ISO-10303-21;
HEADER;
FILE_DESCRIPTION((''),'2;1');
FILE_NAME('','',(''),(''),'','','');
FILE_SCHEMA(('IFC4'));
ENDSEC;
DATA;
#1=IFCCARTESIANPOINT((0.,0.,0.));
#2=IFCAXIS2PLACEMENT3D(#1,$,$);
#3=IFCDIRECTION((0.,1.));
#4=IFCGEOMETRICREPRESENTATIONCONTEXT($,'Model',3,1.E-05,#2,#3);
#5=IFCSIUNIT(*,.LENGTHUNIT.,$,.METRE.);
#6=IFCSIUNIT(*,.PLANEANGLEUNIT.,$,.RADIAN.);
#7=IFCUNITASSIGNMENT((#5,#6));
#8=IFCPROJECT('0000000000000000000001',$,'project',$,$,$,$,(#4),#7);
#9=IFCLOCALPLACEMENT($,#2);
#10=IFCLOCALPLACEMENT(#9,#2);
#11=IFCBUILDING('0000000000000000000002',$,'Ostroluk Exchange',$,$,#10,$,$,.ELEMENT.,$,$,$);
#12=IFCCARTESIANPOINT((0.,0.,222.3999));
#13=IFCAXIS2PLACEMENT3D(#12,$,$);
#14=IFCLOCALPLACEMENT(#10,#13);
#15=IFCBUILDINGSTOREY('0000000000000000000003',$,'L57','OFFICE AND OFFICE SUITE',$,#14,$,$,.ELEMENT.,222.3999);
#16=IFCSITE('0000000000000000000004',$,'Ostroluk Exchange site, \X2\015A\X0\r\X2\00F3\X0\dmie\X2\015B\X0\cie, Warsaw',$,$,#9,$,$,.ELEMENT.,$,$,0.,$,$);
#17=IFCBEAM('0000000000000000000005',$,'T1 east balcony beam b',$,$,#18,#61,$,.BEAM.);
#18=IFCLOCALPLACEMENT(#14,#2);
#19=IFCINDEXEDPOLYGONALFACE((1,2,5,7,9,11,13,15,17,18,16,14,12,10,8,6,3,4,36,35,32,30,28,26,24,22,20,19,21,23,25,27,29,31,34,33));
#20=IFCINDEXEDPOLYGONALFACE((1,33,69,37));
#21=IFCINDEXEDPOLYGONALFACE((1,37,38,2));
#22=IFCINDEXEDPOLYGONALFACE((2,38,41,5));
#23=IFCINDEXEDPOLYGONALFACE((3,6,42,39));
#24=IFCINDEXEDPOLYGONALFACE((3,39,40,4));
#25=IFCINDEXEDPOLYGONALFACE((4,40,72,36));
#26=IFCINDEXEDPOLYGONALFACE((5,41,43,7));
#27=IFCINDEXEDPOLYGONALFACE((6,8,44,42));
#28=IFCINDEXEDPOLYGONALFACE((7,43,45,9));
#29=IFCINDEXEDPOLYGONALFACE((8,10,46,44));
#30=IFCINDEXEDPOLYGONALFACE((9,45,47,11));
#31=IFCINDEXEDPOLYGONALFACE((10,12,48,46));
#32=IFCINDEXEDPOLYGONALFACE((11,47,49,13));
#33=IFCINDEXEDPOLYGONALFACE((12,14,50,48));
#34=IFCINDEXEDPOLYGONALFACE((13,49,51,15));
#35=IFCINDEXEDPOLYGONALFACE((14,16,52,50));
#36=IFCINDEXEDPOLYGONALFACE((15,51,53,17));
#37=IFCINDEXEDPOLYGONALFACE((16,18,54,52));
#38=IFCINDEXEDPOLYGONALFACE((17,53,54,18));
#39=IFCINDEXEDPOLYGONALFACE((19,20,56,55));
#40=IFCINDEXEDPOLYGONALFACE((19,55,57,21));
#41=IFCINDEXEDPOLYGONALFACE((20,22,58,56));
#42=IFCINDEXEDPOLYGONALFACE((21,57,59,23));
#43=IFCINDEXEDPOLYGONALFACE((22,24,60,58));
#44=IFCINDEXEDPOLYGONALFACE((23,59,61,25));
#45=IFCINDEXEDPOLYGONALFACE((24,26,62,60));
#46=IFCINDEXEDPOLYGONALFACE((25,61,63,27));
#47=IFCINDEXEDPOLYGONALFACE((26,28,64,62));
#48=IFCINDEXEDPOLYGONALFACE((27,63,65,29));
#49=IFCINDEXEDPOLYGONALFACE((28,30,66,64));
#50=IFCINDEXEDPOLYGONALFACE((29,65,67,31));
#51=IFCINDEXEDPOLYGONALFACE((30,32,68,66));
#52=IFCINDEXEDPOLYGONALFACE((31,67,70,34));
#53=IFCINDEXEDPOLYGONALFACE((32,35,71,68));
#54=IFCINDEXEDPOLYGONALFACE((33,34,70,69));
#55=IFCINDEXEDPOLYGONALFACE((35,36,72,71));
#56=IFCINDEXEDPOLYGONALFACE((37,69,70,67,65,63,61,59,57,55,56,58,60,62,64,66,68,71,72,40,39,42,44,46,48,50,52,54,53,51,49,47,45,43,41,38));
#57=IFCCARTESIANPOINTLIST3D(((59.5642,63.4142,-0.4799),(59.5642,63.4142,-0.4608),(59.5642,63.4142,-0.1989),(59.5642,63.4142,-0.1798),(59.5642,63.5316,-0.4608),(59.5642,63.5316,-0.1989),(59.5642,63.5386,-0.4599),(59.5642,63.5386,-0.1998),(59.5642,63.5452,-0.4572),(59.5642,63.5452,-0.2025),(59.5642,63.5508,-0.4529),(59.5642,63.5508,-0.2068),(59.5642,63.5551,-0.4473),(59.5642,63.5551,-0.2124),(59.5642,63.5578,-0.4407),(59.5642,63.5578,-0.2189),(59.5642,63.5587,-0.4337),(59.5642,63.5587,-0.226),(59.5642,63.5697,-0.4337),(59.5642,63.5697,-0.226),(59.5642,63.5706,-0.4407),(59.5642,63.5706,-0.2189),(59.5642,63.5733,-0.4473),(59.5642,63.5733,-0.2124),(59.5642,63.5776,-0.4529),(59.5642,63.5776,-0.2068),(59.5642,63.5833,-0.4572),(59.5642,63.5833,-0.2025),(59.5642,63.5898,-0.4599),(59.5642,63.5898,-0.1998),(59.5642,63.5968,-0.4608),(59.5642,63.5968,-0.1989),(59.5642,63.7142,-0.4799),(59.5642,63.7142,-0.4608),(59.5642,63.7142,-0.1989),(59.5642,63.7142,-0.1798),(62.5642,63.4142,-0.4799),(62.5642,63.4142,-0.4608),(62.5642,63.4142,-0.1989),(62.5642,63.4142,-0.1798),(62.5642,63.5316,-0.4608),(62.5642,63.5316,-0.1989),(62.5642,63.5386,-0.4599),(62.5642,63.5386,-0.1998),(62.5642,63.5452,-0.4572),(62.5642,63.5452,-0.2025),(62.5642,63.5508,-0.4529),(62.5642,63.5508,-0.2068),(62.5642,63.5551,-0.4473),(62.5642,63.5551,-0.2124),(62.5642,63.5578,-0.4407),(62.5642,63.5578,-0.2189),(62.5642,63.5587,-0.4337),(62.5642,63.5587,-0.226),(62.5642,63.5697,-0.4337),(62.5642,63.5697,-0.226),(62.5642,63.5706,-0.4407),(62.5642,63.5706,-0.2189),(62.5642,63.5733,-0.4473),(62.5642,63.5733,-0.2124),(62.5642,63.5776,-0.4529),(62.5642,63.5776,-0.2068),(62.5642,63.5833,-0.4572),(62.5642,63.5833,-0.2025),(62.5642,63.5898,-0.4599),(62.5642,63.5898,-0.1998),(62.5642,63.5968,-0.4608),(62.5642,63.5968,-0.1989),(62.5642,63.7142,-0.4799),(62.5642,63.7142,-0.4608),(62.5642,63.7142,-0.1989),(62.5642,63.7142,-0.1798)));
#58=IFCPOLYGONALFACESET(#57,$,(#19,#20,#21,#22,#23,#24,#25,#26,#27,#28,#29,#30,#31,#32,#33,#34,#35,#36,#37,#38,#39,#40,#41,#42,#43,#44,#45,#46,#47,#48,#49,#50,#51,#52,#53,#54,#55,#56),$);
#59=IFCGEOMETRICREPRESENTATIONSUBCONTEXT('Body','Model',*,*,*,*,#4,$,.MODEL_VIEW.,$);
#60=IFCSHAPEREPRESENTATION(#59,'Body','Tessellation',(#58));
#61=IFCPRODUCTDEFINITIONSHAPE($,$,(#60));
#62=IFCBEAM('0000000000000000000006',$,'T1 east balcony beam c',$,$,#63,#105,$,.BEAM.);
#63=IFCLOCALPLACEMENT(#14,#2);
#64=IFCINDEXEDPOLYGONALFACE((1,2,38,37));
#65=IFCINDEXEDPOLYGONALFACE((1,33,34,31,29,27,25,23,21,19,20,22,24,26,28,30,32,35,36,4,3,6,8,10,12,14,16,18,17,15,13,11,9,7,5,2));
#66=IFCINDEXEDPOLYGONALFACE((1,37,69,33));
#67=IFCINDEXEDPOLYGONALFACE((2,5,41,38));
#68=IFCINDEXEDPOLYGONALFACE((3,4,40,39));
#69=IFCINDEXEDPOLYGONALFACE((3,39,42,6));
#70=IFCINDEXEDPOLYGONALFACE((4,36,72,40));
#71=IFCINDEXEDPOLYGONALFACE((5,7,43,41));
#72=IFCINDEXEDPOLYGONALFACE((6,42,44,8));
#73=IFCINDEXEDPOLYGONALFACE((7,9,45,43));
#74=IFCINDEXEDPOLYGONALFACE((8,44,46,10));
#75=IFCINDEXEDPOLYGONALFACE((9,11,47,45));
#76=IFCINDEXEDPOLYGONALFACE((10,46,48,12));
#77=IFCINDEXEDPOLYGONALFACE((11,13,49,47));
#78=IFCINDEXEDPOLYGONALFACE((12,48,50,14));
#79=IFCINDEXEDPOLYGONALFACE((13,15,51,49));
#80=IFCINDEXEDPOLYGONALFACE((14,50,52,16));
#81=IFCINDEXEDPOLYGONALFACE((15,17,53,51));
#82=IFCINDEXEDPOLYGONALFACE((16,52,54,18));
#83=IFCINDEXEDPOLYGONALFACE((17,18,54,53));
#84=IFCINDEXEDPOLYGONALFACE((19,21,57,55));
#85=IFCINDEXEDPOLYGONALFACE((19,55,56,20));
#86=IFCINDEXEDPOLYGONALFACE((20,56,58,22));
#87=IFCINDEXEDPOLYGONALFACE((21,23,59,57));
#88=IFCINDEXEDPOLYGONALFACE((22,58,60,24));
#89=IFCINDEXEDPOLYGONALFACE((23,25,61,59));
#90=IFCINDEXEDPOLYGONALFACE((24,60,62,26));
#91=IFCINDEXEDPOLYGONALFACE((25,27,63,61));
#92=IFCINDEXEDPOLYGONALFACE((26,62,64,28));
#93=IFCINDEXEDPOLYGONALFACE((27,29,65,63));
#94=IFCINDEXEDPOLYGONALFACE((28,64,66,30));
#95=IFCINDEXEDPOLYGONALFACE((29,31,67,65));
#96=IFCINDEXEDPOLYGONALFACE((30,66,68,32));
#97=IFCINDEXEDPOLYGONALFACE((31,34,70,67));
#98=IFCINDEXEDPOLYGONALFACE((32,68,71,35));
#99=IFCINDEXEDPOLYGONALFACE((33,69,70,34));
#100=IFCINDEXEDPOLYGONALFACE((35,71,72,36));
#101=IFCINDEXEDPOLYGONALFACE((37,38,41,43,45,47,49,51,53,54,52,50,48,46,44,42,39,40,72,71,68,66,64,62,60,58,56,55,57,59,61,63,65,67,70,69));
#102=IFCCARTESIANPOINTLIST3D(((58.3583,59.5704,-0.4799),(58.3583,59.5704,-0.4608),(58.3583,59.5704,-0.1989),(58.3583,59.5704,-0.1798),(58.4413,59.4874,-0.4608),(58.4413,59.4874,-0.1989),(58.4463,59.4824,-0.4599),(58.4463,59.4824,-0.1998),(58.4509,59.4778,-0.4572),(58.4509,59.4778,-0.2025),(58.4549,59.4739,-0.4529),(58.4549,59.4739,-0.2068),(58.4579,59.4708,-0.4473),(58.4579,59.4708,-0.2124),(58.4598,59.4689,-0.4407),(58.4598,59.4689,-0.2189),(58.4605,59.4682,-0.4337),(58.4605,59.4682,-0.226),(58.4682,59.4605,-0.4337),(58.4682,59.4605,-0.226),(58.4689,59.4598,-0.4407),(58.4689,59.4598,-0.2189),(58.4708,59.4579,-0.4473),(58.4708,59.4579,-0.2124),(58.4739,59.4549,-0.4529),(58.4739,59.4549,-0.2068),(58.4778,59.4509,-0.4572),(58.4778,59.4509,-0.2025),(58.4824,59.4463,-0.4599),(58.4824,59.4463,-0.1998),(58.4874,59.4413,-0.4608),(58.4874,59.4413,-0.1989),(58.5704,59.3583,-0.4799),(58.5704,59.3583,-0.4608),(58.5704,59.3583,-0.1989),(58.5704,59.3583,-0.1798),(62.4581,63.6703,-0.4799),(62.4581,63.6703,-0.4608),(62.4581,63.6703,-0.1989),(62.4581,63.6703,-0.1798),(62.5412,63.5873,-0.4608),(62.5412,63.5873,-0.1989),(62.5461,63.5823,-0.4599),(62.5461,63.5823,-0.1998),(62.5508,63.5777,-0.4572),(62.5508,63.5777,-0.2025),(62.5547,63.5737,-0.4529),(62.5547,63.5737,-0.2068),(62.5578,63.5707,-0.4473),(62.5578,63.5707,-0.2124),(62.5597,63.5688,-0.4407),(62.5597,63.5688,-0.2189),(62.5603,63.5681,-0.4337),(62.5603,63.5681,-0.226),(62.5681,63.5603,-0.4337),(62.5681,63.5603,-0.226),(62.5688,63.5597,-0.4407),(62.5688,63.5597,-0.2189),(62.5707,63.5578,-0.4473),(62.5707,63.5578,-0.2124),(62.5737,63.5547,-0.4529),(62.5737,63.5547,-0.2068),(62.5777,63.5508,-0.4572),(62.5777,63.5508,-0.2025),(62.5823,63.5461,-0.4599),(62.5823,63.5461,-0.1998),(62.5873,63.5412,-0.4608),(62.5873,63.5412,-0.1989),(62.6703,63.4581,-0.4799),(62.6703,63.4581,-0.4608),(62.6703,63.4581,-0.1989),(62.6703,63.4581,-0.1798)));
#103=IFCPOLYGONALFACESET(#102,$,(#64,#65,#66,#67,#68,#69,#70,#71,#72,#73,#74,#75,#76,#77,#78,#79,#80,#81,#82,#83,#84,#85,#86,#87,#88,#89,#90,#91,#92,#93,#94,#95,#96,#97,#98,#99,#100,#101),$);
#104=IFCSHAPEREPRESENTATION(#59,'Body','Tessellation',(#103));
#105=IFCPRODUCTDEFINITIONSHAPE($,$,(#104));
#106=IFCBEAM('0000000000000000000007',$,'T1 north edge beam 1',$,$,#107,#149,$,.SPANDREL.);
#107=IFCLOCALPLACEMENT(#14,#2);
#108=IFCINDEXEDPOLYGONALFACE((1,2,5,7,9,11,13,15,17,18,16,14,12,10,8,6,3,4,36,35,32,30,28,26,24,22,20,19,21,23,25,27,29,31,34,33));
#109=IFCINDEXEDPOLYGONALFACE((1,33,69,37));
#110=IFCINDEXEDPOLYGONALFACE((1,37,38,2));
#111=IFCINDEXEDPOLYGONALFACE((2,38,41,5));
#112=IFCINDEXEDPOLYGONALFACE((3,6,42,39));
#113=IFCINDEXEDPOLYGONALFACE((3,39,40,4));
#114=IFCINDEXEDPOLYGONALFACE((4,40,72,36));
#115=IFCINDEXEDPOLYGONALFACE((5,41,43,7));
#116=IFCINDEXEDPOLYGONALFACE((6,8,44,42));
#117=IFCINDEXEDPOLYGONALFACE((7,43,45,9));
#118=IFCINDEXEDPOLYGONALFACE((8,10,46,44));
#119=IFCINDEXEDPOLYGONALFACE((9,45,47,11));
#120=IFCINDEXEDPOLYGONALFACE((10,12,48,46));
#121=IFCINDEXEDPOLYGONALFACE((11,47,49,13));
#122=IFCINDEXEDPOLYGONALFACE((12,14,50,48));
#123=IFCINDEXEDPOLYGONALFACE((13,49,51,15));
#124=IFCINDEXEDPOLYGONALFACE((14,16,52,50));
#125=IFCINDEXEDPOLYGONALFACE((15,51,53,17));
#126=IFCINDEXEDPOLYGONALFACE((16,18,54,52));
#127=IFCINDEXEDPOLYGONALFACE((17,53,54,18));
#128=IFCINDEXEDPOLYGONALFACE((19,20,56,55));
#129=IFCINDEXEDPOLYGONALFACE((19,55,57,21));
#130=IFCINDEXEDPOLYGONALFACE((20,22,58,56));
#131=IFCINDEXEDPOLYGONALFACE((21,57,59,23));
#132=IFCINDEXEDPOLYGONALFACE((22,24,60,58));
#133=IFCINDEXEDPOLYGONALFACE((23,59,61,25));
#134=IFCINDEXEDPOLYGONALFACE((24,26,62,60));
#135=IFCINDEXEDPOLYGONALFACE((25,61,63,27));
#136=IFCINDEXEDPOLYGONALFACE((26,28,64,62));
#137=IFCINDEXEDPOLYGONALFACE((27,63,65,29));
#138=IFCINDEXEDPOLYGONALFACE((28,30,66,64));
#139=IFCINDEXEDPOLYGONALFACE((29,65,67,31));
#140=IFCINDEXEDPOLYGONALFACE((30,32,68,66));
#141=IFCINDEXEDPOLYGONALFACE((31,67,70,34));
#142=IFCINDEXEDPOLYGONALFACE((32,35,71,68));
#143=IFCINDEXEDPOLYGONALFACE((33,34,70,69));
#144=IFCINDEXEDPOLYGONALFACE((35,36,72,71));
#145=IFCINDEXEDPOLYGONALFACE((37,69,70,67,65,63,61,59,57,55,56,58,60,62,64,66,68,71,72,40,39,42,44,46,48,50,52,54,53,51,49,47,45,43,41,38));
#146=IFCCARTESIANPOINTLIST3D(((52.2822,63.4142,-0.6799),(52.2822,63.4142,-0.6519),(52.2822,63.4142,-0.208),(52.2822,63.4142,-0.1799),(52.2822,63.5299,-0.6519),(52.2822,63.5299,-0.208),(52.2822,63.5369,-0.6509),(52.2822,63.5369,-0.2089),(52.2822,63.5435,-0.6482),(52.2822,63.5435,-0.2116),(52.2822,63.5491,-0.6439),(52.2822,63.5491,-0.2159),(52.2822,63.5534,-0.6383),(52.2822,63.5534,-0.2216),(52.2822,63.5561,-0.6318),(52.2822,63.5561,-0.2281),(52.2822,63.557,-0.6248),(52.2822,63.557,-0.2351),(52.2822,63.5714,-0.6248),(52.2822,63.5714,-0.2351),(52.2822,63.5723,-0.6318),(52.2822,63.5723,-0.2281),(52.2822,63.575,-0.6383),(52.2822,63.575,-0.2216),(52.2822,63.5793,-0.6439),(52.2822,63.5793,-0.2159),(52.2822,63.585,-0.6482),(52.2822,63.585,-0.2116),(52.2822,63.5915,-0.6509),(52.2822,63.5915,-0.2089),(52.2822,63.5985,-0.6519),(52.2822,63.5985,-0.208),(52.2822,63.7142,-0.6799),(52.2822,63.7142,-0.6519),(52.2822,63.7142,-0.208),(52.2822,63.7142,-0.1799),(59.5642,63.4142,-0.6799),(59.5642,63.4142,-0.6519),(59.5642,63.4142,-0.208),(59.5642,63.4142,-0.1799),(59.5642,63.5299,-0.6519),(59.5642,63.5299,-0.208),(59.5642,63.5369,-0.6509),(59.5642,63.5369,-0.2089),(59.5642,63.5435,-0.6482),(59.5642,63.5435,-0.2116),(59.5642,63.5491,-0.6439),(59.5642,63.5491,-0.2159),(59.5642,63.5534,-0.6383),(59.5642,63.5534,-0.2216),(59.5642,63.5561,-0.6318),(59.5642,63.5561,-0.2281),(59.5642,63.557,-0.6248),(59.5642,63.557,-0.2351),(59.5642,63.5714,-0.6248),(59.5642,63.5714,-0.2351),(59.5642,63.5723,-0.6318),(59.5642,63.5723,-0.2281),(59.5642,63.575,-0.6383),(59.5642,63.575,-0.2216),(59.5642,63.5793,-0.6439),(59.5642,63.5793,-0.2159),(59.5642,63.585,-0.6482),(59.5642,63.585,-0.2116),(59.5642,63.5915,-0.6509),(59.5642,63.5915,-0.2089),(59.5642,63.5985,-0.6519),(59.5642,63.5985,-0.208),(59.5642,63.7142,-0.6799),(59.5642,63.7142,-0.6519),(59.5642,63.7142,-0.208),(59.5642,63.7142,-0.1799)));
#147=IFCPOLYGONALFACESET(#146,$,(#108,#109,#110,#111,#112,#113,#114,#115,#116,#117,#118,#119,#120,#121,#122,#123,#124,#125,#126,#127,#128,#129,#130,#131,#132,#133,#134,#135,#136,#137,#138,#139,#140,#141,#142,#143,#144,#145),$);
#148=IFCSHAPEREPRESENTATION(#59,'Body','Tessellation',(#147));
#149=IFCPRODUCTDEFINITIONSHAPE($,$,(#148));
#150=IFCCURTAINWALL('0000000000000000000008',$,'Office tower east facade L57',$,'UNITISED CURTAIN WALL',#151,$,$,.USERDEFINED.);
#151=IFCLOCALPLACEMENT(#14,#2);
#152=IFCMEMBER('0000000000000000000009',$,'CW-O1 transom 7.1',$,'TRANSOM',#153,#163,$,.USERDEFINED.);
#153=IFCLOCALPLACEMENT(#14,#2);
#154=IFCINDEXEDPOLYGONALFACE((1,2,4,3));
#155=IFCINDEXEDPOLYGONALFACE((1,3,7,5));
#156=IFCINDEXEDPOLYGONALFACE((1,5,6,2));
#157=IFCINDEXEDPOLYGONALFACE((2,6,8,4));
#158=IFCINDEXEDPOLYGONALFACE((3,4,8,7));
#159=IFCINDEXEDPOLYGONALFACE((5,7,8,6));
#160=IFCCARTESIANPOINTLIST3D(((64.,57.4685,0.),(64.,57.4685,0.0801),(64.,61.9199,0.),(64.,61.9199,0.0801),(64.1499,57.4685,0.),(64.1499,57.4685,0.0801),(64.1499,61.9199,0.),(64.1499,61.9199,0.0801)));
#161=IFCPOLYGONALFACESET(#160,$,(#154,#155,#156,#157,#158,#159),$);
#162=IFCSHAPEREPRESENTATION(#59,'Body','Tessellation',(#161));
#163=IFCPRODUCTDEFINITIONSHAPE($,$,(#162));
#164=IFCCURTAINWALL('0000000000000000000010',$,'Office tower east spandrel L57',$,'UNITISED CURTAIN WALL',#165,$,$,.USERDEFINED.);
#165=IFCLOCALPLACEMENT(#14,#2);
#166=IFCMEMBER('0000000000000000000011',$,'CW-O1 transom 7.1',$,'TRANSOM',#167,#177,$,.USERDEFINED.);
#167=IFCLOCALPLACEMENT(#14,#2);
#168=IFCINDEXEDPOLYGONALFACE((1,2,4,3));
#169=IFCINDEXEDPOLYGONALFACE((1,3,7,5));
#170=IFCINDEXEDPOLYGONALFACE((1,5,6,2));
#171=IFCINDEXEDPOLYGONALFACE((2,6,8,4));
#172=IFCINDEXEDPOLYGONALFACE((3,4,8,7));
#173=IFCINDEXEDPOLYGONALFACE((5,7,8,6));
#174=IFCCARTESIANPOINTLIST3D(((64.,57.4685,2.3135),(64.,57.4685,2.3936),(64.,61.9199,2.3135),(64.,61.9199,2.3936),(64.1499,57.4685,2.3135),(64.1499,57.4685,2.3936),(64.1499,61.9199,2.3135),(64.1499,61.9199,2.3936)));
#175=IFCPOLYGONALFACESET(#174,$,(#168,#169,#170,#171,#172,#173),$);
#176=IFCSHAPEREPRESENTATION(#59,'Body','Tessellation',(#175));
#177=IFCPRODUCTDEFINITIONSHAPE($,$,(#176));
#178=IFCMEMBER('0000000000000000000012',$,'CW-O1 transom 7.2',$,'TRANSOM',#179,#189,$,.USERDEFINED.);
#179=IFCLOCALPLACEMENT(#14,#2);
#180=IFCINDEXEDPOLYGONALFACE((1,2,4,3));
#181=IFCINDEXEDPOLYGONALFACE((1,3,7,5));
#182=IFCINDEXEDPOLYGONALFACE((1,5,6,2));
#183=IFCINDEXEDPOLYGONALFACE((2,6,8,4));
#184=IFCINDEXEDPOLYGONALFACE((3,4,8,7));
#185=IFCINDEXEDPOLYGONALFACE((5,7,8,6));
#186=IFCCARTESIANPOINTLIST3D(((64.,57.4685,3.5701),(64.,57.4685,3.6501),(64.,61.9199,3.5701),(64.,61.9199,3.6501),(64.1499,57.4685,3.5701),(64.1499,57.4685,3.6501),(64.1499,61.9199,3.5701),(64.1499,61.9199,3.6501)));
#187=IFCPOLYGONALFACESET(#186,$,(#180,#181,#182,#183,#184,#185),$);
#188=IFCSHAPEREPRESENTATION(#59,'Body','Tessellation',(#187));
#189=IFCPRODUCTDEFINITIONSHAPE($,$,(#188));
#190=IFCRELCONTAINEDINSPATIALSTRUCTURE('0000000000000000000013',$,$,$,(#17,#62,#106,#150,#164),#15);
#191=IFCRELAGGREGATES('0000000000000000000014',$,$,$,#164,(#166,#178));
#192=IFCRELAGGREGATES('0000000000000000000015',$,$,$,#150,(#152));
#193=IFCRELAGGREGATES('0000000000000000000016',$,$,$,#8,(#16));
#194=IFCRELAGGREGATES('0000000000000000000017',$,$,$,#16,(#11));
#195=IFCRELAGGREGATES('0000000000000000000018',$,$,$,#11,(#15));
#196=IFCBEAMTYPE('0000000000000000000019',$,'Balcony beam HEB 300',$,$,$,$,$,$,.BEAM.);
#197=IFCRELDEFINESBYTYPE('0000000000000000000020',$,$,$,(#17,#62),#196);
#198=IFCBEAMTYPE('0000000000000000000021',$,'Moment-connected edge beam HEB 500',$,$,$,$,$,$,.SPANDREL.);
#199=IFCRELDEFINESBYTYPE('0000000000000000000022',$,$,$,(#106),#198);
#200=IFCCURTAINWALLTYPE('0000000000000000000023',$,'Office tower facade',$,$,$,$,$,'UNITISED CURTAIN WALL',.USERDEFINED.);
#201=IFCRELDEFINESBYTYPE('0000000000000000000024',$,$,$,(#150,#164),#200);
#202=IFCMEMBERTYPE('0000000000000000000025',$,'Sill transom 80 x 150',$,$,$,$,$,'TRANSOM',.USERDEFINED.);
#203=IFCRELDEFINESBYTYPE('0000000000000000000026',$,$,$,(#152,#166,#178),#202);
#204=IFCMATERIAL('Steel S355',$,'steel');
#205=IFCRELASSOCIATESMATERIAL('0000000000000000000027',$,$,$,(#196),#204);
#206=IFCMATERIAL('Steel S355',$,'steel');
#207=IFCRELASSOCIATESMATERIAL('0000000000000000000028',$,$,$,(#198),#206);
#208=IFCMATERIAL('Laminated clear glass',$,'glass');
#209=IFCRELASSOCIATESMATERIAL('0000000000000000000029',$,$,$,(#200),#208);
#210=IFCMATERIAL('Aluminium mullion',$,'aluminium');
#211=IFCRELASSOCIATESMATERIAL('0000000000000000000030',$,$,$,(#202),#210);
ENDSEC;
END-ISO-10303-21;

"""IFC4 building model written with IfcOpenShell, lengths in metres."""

from ifc_helpers import new_model, si_unit, direction, frame, origin, origin_2d, place, context, subcontext, project, spatial, rectangle, i_section, extrude, material, material_profile, profile_set, type_object, element, aggregate, save


model = new_model("IFC4")

# Units and contexts
model_context = context("Model", 3, precision=1e-05, world=origin(), true_north=direction((0.0, 1.0)))
body_context = subcontext(model_context, "Body", "Model", "MODEL_VIEW")
ifc_project = project(units=[si_unit("LENGTHUNIT", "METRE"), si_unit("PLANEANGLEUNIT", "RADIAN")], contexts=[model_context])

# Site, building, storey
site_placement = place(None, origin())
site = spatial("IfcSite", under=ifc_project, at=site_placement, Name="Ostroluk Exchange site, Śródmieście, Warsaw", CompositionType="ELEMENT", RefElevation=0.0)
building_placement = place(site_placement, origin())
building = spatial("IfcBuilding", under=site, at=building_placement, Name="Ostroluk Exchange", CompositionType="ELEMENT")
storey_placement = place(building_placement, frame((0.0, 0.0, 222.3999)))
storey = spatial("IfcBuildingStorey", under=building, at=storey_placement, Name="L57", Description="OFFICE AND OFFICE SUITE", CompositionType="ELEMENT", Elevation=222.3999)

# Beams
ifc_material_1 = material(Name="Steel S355", Category="steel")
ifc_material_profile_1 = material_profile(ifc_material_1, i_section(OverallWidth=0.3, OverallDepth=0.3, WebThickness=0.011, FlangeThickness=0.019, FilletRadius=0.0271, at=origin_2d()), Name="HEB 300")
ifc_profile_set_1 = profile_set([ifc_material_profile_1], Name="Steel S355")
beam_type_1 = type_object("IfcBeamType", Name="Balcony beam HEB 300", PredefinedType="BEAM", material=ifc_profile_set_1)
for number, where, z_axis, x_axis, name in (
    (1, (59.5642, 63.5642, -0.3298), (1.0, 0.0, 0.0), (0.0, 1.0, 0.0), "T1 east balcony beam b"),
):
    element("IfcBeam", number, at=place(storey_placement, frame(where, z_axis=z_axis, x_axis=x_axis)), inside=storey, type_object=beam_type_1, Name=name, PredefinedType="BEAM", context=body_context, shape_type="SweptSolid", body=[
        extrude(i_section(OverallWidth=0.3, OverallDepth=0.3, WebThickness=0.011, FlangeThickness=0.019, FilletRadius=0.0271, at=origin_2d()), origin(), (0.0, 0.0, 1.0), 3.0),
    ])
beam_1_placement = place(storey_placement, frame((58.4644, 59.4644, -0.3298), z_axis=(0.707107, 0.707107, 0.0), x_axis=(-0.707107, 0.707107, 0.0)))
element("IfcBeam", 2, at=beam_1_placement, inside=storey, type_object=beam_type_1, Name="T1 east balcony beam c", PredefinedType="BEAM", context=body_context, shape_type="SweptSolid", body=[
    extrude(i_section(OverallWidth=0.3, OverallDepth=0.3, WebThickness=0.011, FlangeThickness=0.019, FilletRadius=0.0271, at=origin_2d()), origin(), (0.0, 0.0, 1.0), 5.7981),
])
ifc_material_2 = material(Name="Steel S355", Category="steel")
ifc_material_profile_2 = material_profile(ifc_material_2, i_section(OverallWidth=0.3, OverallDepth=0.5, WebThickness=0.0144, FlangeThickness=0.0281, FilletRadius=0.0271, at=origin_2d()), Name="HEB 500")
ifc_profile_set_2 = profile_set([ifc_material_profile_2], Name="Steel S355")
beam_type_2 = type_object("IfcBeamType", Name="Moment-connected edge beam HEB 500", PredefinedType="SPANDREL", material=ifc_profile_set_2)
beam_2_placement = place(storey_placement, frame((59.5642, 63.5642, -0.4299), z_axis=(-1.0, 0.0, 0.0), x_axis=(0.0, -1.0, 0.0)))
element("IfcBeam", 3, at=beam_2_placement, inside=storey, type_object=beam_type_2, Name="T1 north edge beam 1", PredefinedType="SPANDREL", context=body_context, shape_type="SweptSolid", body=[
    extrude(i_section(OverallWidth=0.3, OverallDepth=0.5, WebThickness=0.0144, FlangeThickness=0.0281, FilletRadius=0.0271, at=origin_2d()), origin(), (0.0, 0.0, 1.0), 7.282),
])

# Curtain wall, member
ifc_material_3 = material(Name="Laminated clear glass", Category="glass")
curtain_wall_type = type_object("IfcCurtainWallType", Name="Office tower facade", ElementType="UNITISED CURTAIN WALL", PredefinedType="USERDEFINED", material=ifc_material_3)
curtain_wall_1_placement = place(storey_placement, origin())
curtain_wall_1 = element("IfcCurtainWall", 4, at=curtain_wall_1_placement, inside=storey, type_object=curtain_wall_type, Name="Office tower east facade L57", ObjectType="UNITISED CURTAIN WALL", PredefinedType="USERDEFINED")
ifc_material_4 = material(Name="Aluminium mullion", Category="aluminium")
ifc_material_profile_3 = material_profile(ifc_material_4, rectangle(XDim=0.1499, YDim=0.0801, at=origin_2d()), Name="Sill transom 80 x 150")
ifc_profile_set_3 = profile_set([ifc_material_profile_3], Name="Aluminium mullion")
member_type_1 = type_object("IfcMemberType", Name="Sill transom 80 x 150", ElementType="TRANSOM", PredefinedType="USERDEFINED", material=ifc_profile_set_3)
member_1_placement = place(storey_placement, frame((64.075, 57.4685, 0.04), z_axis=(0.0, 1.0, 0.0), x_axis=(-1.0, 0.0, 0.0)))
member_1 = element("IfcMember", 5, at=member_1_placement, type_object=member_type_1, Name="CW-O1 transom 7.1", ObjectType="TRANSOM", PredefinedType="USERDEFINED", context=body_context, shape_type="SweptSolid", body=[
    extrude(rectangle(XDim=0.1499, YDim=0.0801, at=origin_2d()), origin(), (0.0, 0.0, 1.0), 4.4514),
])

# Curtain wall, members
curtain_wall_2_placement = place(storey_placement, origin())
curtain_wall_2 = element("IfcCurtainWall", 6, at=curtain_wall_2_placement, inside=storey, type_object=curtain_wall_type, Name="Office tower east spandrel L57", ObjectType="UNITISED CURTAIN WALL", PredefinedType="USERDEFINED")
member_2_placement = place(storey_placement, frame((64.075, 57.4685, 2.3535), z_axis=(0.0, 1.0, 0.0), x_axis=(-1.0, 0.0, 0.0)))
member_2 = element("IfcMember", 7, at=member_2_placement, type_object=member_type_1, Name="CW-O1 transom 7.1", ObjectType="TRANSOM", PredefinedType="USERDEFINED", context=body_context, shape_type="SweptSolid", body=[
    extrude(rectangle(XDim=0.1499, YDim=0.0801, at=origin_2d()), origin(), (0.0, 0.0, 1.0), 4.4514),
])
member_3_placement = place(storey_placement, frame((64.075, 57.4685, 3.6101), z_axis=(0.0, 1.0, 0.0), x_axis=(-1.0, 0.0, 0.0)))
member_3 = element("IfcMember", 8, at=member_3_placement, type_object=member_type_1, Name="CW-O1 transom 7.2", ObjectType="TRANSOM", PredefinedType="USERDEFINED", context=body_context, shape_type="SweptSolid", body=[
    extrude(rectangle(XDim=0.1499, YDim=0.0801, at=origin_2d()), origin(), (0.0, 0.0, 1.0), 4.4514),
])

aggregate(curtain_wall_2, [member_2, member_3])
aggregate(curtain_wall_1, [member_1])

save(model, "model.ifc")
